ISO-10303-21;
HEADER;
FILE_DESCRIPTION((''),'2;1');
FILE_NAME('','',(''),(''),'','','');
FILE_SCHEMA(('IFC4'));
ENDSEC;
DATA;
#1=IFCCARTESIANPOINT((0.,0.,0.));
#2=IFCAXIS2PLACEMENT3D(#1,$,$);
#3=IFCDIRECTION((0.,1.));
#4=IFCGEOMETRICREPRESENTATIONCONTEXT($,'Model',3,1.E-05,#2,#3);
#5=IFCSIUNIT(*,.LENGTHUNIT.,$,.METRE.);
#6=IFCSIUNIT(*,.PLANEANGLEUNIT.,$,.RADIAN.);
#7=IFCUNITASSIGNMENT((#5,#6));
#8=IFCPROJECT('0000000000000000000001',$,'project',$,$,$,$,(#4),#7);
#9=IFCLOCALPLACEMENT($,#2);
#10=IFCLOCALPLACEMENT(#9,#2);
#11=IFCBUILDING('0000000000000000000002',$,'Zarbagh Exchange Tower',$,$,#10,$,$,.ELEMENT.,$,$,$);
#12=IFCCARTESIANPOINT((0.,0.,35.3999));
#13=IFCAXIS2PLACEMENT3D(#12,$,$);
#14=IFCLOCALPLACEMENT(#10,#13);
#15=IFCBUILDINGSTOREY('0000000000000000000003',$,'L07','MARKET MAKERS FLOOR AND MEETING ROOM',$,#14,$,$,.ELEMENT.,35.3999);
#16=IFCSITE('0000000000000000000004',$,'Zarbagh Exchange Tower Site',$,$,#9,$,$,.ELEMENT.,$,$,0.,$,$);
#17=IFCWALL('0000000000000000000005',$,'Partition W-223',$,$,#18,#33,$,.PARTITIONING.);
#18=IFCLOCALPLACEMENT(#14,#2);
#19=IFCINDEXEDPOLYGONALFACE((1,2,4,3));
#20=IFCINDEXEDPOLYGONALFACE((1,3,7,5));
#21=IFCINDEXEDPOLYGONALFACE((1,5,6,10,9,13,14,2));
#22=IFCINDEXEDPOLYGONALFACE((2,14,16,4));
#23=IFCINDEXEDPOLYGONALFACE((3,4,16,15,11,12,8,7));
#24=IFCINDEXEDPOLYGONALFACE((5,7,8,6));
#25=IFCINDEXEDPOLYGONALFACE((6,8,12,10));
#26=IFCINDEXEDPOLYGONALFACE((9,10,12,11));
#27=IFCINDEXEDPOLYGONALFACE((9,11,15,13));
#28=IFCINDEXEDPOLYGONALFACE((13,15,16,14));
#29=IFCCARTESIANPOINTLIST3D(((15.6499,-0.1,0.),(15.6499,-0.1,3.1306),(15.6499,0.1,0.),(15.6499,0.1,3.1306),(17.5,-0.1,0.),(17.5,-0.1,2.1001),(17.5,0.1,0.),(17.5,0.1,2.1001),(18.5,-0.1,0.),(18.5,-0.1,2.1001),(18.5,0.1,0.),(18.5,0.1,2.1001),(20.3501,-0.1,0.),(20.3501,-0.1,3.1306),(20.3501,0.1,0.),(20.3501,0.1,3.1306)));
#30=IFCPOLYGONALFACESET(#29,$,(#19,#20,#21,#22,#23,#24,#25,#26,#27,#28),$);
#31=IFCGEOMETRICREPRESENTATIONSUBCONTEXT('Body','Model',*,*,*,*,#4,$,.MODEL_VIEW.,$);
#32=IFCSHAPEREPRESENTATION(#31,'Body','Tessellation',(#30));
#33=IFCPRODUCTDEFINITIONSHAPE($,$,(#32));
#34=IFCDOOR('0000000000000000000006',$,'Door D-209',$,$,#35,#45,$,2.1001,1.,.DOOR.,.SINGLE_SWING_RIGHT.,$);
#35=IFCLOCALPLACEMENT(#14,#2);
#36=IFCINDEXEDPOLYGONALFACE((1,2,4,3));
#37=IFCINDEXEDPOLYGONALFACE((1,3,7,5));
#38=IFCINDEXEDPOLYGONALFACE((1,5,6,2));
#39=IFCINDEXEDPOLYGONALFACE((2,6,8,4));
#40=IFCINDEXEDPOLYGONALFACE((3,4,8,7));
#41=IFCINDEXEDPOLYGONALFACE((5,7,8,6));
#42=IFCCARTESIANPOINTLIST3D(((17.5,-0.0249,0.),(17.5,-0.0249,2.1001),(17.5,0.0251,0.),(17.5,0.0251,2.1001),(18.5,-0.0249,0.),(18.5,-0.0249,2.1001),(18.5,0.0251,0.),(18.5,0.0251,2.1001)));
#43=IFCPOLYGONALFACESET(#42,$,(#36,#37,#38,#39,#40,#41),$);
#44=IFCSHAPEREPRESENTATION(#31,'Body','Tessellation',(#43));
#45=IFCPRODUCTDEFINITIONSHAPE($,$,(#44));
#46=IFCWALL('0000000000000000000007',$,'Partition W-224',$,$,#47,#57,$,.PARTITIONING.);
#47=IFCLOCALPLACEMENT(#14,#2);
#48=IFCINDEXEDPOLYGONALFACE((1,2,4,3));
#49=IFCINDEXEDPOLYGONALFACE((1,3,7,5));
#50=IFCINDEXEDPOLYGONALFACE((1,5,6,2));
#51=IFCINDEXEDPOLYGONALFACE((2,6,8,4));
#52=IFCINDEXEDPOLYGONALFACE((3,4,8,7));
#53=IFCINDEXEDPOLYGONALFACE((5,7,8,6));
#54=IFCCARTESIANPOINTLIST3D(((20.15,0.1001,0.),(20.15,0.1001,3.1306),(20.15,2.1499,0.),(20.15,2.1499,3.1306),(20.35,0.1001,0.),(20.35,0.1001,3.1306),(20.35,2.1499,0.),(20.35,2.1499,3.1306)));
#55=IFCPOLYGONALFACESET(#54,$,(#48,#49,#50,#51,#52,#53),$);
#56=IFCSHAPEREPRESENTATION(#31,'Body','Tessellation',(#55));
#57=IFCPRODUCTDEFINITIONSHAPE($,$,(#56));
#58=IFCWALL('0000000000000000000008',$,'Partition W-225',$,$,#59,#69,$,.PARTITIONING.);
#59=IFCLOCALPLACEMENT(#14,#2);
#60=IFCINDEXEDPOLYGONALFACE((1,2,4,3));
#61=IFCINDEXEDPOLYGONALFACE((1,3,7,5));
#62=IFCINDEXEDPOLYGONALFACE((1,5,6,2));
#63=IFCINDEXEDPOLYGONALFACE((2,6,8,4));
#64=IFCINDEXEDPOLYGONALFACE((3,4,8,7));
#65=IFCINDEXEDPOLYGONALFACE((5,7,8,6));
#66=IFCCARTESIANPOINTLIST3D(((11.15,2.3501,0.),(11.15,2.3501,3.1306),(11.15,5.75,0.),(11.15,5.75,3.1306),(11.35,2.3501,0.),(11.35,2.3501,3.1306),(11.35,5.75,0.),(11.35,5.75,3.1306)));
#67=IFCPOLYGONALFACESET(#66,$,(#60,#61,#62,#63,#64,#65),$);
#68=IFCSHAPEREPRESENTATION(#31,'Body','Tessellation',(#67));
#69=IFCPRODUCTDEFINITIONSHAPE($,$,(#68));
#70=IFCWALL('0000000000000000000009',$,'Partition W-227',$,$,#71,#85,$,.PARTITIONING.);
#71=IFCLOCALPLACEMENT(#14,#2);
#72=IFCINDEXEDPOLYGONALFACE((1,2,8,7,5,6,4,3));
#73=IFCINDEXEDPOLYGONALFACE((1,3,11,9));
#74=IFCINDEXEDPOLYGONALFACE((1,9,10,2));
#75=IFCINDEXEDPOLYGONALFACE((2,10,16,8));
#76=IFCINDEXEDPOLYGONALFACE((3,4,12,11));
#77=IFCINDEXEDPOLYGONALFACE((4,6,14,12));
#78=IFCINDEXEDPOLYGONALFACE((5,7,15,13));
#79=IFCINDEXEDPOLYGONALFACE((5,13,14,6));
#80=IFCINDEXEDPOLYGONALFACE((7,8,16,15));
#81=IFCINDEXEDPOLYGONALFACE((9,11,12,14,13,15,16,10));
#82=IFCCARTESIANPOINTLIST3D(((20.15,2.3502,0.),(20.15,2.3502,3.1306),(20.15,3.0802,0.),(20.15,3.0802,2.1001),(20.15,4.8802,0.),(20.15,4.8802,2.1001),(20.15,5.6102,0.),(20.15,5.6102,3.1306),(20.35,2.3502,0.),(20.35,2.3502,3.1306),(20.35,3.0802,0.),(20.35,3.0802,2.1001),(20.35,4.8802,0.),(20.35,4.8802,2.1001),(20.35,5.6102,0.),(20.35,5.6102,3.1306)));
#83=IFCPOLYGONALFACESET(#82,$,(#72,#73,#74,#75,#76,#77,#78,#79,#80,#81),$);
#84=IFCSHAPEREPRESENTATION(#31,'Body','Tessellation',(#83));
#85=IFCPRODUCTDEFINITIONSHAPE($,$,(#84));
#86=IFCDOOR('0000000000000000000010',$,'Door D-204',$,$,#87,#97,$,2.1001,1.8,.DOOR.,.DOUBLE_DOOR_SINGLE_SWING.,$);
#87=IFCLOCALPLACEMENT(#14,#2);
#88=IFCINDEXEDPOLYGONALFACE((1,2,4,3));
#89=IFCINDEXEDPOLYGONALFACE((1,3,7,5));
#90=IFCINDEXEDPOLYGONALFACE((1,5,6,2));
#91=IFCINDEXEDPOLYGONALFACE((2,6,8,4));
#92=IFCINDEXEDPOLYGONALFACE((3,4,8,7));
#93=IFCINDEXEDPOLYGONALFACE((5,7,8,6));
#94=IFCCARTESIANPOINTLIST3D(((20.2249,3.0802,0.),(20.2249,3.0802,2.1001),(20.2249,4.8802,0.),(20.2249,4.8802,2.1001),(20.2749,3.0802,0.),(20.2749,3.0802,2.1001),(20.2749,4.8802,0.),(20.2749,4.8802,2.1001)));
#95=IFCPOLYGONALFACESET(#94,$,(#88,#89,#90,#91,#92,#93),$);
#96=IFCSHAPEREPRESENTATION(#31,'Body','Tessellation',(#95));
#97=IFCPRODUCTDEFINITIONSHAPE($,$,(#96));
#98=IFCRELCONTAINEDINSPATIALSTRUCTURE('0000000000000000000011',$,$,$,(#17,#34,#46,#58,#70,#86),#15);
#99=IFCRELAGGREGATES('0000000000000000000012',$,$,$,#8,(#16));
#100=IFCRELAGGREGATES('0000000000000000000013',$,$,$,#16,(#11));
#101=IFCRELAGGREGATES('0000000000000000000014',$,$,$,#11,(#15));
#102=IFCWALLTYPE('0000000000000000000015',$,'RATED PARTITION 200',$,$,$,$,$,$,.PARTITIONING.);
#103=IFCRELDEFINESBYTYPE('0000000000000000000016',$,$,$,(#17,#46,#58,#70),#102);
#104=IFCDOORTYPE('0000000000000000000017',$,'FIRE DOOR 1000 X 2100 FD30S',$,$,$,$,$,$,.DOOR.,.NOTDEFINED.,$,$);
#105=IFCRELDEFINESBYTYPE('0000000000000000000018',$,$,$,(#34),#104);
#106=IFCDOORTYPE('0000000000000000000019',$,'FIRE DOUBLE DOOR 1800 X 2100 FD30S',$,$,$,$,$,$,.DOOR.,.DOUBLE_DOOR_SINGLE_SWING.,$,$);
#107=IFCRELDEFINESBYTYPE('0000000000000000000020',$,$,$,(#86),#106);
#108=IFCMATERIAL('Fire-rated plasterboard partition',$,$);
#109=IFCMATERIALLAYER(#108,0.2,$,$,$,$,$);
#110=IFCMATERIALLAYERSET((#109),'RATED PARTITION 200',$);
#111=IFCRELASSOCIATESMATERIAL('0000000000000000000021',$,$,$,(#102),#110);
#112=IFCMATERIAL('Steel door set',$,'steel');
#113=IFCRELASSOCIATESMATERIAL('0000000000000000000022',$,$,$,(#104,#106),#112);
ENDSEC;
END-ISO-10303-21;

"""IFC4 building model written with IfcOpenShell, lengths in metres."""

from ifc_helpers import new_model, si_unit, direction, frame, frame_2d, origin, place, context, subcontext, project, spatial, rectangle, extrude, material, layer, layer_set, type_object, element, fill, save


model = new_model("IFC4")

# Units and contexts
model_context = context("Model", 3, precision=1e-05, world=origin(), true_north=direction((0.0, 1.0)))
body_context = subcontext(model_context, "Body", "Model", "MODEL_VIEW")
ifc_project = project(units=[si_unit("LENGTHUNIT", "METRE"), si_unit("PLANEANGLEUNIT", "RADIAN")], contexts=[model_context])

# Site, building, storey
site_placement = place(None, origin())
site = spatial("IfcSite", under=ifc_project, at=site_placement, Name="Zarbagh Exchange Tower Site", CompositionType="ELEMENT", RefElevation=0.0)
building_placement = place(site_placement, origin())
building = spatial("IfcBuilding", under=site, at=building_placement, Name="Zarbagh Exchange Tower", CompositionType="ELEMENT")
storey_placement = place(building_placement, frame((0.0, 0.0, 35.3999)))
storey = spatial("IfcBuildingStorey", under=building, at=storey_placement, Name="L07", Description="MARKET MAKERS FLOOR AND MEETING ROOM", CompositionType="ELEMENT", Elevation=35.3999)

# Shared definitions
ifc_material_1 = material(Name="Fire-rated plasterboard partition")
ifc_layer = layer(ifc_material_1, 0.2)
ifc_layer_set = layer_set([ifc_layer], Name="RATED PARTITION 200")
wall_type = type_object("IfcWallType", Name="RATED PARTITION 200", PredefinedType="PARTITIONING", material=ifc_layer_set)

# Wall, opening, door
ifc_material_2 = material(Name="Steel door set", Category="steel")
door_type_1 = type_object("IfcDoorType", Name="FIRE DOOR 1000 X 2100 FD30S", OperationType="NOTDEFINED", PredefinedType="DOOR", material=ifc_material_2)
wall_1_placement = place(storey_placement, frame((20.3501, 0.0, 0.0), z_axis=(0.0, 0.0, 1.0), x_axis=(-1.0, 0.0, 0.0)))
wall_1 = element("IfcWall", 1, at=wall_1_placement, inside=storey, type_object=wall_type, Name="Partition W-223", PredefinedType="PARTITIONING", context=body_context, shape_type="SweptSolid", body=[
    extrude(rectangle(XDim=4.7002, YDim=0.2, at=frame_2d((2.3501, 0.0))), origin(), (0.0, 0.0, 1.0), 3.1306),
])
opening_1_placement = place(wall_1_placement, frame((1.8501, 0.0, 0.0)))
opening_1 = element("IfcOpeningElement", 2, at=opening_1_placement, cuts=wall_1, PredefinedType="OPENING", context=body_context, shape_type="SweptSolid", body=[
    extrude(rectangle(XDim=1.0, YDim=2.1001, at=frame_2d((0.5, 1.05))), frame((0.0, 0.1099, 0.0), z_axis=(0.0, -1.0, 0.0), x_axis=(1.0, 0.0, 0.0)), (0.0, 0.0, 1.0), 0.22),
])
door_1_placement = place(opening_1_placement, origin())
door_1 = element("IfcDoor", 3, at=door_1_placement, inside=storey, type_object=door_type_1, Name="Door D-209", OperationType="SINGLE_SWING_RIGHT", OverallHeight=2.1001, OverallWidth=1.0, PredefinedType="DOOR", context=body_context, shape_type="SweptSolid", body=[
    extrude(rectangle(XDim=1.0, YDim=2.1001, at=frame_2d((0.5, 1.05))), frame((0.0, 0.0249, 0.0), z_axis=(0.0, -1.0, 0.0), x_axis=(1.0, 0.0, 0.0)), (0.0, 0.0, 1.0), 0.05),
])
fill(opening_1, door_1)

# Walls
wall_2_placement = place(storey_placement, frame((20.25, 0.1001, 0.0), z_axis=(0.0, 0.0, 1.0), x_axis=(0.0, 1.0, 0.0)))
element("IfcWall", 4, at=wall_2_placement, inside=storey, type_object=wall_type, Name="Partition W-224", PredefinedType="PARTITIONING", context=body_context, shape_type="SweptSolid", body=[
    extrude(rectangle(XDim=2.0498, YDim=0.2, at=frame_2d((1.0249, 0.0))), origin(), (0.0, 0.0, 1.0), 3.1306),
])
wall_3_placement = place(storey_placement, frame((11.25, 2.3501, 0.0), z_axis=(0.0, 0.0, 1.0), x_axis=(0.0, 1.0, 0.0)))
element("IfcWall", 5, at=wall_3_placement, inside=storey, type_object=wall_type, Name="Partition W-225", PredefinedType="PARTITIONING", context=body_context, shape_type="SweptSolid", body=[
    extrude(rectangle(XDim=3.3999, YDim=0.2, at=frame_2d((1.7, 0.0))), origin(), (0.0, 0.0, 1.0), 3.1306),
])

# Wall, opening, door
wall_4_placement = place(storey_placement, frame((20.25, 5.6101, 0.0), z_axis=(0.0, 0.0, 1.0), x_axis=(0.0, -1.0, 0.0)))
wall_4 = element("IfcWall", 6, at=wall_4_placement, inside=storey, type_object=wall_type, Name="Partition W-227", PredefinedType="PARTITIONING", context=body_context, shape_type="SweptSolid", body=[
    extrude(rectangle(XDim=3.26, YDim=0.2, at=frame_2d((1.6299, 0.0))), origin(), (0.0, 0.0, 1.0), 3.1306),
])
opening_2_placement = place(wall_4_placement, frame((0.73, 0.0, 0.0)))
opening_2 = element("IfcOpeningElement", 7, at=opening_2_placement, cuts=wall_4, PredefinedType="OPENING", context=body_context, shape_type="SweptSolid", body=[
    extrude(rectangle(XDim=1.8, YDim=2.1001, at=frame_2d((0.8999, 1.05))), frame((0.0, 0.1099, 0.0), z_axis=(0.0, -1.0, 0.0), x_axis=(1.0, 0.0, 0.0)), (0.0, 0.0, 1.0), 0.22),
])
door_type_2 = type_object("IfcDoorType", Name="FIRE DOUBLE DOOR 1800 X 2100 FD30S", OperationType="DOUBLE_DOOR_SINGLE_SWING", PredefinedType="DOOR", material=ifc_material_2)
door_2_placement = place(opening_2_placement, origin())
door_2 = element("IfcDoor", 8, at=door_2_placement, inside=storey, type_object=door_type_2, Name="Door D-204", OperationType="DOUBLE_DOOR_SINGLE_SWING", OverallHeight=2.1001, OverallWidth=1.8, PredefinedType="DOOR", context=body_context, shape_type="SweptSolid", body=[
    extrude(rectangle(XDim=1.8, YDim=2.1001, at=frame_2d((0.8999, 1.05))), frame((0.0, 0.0249, 0.0), z_axis=(0.0, -1.0, 0.0), x_axis=(1.0, 0.0, 0.0)), (0.0, 0.0, 1.0), 0.05),
])
fill(opening_2, door_2)

save(model, "model.ifc")
